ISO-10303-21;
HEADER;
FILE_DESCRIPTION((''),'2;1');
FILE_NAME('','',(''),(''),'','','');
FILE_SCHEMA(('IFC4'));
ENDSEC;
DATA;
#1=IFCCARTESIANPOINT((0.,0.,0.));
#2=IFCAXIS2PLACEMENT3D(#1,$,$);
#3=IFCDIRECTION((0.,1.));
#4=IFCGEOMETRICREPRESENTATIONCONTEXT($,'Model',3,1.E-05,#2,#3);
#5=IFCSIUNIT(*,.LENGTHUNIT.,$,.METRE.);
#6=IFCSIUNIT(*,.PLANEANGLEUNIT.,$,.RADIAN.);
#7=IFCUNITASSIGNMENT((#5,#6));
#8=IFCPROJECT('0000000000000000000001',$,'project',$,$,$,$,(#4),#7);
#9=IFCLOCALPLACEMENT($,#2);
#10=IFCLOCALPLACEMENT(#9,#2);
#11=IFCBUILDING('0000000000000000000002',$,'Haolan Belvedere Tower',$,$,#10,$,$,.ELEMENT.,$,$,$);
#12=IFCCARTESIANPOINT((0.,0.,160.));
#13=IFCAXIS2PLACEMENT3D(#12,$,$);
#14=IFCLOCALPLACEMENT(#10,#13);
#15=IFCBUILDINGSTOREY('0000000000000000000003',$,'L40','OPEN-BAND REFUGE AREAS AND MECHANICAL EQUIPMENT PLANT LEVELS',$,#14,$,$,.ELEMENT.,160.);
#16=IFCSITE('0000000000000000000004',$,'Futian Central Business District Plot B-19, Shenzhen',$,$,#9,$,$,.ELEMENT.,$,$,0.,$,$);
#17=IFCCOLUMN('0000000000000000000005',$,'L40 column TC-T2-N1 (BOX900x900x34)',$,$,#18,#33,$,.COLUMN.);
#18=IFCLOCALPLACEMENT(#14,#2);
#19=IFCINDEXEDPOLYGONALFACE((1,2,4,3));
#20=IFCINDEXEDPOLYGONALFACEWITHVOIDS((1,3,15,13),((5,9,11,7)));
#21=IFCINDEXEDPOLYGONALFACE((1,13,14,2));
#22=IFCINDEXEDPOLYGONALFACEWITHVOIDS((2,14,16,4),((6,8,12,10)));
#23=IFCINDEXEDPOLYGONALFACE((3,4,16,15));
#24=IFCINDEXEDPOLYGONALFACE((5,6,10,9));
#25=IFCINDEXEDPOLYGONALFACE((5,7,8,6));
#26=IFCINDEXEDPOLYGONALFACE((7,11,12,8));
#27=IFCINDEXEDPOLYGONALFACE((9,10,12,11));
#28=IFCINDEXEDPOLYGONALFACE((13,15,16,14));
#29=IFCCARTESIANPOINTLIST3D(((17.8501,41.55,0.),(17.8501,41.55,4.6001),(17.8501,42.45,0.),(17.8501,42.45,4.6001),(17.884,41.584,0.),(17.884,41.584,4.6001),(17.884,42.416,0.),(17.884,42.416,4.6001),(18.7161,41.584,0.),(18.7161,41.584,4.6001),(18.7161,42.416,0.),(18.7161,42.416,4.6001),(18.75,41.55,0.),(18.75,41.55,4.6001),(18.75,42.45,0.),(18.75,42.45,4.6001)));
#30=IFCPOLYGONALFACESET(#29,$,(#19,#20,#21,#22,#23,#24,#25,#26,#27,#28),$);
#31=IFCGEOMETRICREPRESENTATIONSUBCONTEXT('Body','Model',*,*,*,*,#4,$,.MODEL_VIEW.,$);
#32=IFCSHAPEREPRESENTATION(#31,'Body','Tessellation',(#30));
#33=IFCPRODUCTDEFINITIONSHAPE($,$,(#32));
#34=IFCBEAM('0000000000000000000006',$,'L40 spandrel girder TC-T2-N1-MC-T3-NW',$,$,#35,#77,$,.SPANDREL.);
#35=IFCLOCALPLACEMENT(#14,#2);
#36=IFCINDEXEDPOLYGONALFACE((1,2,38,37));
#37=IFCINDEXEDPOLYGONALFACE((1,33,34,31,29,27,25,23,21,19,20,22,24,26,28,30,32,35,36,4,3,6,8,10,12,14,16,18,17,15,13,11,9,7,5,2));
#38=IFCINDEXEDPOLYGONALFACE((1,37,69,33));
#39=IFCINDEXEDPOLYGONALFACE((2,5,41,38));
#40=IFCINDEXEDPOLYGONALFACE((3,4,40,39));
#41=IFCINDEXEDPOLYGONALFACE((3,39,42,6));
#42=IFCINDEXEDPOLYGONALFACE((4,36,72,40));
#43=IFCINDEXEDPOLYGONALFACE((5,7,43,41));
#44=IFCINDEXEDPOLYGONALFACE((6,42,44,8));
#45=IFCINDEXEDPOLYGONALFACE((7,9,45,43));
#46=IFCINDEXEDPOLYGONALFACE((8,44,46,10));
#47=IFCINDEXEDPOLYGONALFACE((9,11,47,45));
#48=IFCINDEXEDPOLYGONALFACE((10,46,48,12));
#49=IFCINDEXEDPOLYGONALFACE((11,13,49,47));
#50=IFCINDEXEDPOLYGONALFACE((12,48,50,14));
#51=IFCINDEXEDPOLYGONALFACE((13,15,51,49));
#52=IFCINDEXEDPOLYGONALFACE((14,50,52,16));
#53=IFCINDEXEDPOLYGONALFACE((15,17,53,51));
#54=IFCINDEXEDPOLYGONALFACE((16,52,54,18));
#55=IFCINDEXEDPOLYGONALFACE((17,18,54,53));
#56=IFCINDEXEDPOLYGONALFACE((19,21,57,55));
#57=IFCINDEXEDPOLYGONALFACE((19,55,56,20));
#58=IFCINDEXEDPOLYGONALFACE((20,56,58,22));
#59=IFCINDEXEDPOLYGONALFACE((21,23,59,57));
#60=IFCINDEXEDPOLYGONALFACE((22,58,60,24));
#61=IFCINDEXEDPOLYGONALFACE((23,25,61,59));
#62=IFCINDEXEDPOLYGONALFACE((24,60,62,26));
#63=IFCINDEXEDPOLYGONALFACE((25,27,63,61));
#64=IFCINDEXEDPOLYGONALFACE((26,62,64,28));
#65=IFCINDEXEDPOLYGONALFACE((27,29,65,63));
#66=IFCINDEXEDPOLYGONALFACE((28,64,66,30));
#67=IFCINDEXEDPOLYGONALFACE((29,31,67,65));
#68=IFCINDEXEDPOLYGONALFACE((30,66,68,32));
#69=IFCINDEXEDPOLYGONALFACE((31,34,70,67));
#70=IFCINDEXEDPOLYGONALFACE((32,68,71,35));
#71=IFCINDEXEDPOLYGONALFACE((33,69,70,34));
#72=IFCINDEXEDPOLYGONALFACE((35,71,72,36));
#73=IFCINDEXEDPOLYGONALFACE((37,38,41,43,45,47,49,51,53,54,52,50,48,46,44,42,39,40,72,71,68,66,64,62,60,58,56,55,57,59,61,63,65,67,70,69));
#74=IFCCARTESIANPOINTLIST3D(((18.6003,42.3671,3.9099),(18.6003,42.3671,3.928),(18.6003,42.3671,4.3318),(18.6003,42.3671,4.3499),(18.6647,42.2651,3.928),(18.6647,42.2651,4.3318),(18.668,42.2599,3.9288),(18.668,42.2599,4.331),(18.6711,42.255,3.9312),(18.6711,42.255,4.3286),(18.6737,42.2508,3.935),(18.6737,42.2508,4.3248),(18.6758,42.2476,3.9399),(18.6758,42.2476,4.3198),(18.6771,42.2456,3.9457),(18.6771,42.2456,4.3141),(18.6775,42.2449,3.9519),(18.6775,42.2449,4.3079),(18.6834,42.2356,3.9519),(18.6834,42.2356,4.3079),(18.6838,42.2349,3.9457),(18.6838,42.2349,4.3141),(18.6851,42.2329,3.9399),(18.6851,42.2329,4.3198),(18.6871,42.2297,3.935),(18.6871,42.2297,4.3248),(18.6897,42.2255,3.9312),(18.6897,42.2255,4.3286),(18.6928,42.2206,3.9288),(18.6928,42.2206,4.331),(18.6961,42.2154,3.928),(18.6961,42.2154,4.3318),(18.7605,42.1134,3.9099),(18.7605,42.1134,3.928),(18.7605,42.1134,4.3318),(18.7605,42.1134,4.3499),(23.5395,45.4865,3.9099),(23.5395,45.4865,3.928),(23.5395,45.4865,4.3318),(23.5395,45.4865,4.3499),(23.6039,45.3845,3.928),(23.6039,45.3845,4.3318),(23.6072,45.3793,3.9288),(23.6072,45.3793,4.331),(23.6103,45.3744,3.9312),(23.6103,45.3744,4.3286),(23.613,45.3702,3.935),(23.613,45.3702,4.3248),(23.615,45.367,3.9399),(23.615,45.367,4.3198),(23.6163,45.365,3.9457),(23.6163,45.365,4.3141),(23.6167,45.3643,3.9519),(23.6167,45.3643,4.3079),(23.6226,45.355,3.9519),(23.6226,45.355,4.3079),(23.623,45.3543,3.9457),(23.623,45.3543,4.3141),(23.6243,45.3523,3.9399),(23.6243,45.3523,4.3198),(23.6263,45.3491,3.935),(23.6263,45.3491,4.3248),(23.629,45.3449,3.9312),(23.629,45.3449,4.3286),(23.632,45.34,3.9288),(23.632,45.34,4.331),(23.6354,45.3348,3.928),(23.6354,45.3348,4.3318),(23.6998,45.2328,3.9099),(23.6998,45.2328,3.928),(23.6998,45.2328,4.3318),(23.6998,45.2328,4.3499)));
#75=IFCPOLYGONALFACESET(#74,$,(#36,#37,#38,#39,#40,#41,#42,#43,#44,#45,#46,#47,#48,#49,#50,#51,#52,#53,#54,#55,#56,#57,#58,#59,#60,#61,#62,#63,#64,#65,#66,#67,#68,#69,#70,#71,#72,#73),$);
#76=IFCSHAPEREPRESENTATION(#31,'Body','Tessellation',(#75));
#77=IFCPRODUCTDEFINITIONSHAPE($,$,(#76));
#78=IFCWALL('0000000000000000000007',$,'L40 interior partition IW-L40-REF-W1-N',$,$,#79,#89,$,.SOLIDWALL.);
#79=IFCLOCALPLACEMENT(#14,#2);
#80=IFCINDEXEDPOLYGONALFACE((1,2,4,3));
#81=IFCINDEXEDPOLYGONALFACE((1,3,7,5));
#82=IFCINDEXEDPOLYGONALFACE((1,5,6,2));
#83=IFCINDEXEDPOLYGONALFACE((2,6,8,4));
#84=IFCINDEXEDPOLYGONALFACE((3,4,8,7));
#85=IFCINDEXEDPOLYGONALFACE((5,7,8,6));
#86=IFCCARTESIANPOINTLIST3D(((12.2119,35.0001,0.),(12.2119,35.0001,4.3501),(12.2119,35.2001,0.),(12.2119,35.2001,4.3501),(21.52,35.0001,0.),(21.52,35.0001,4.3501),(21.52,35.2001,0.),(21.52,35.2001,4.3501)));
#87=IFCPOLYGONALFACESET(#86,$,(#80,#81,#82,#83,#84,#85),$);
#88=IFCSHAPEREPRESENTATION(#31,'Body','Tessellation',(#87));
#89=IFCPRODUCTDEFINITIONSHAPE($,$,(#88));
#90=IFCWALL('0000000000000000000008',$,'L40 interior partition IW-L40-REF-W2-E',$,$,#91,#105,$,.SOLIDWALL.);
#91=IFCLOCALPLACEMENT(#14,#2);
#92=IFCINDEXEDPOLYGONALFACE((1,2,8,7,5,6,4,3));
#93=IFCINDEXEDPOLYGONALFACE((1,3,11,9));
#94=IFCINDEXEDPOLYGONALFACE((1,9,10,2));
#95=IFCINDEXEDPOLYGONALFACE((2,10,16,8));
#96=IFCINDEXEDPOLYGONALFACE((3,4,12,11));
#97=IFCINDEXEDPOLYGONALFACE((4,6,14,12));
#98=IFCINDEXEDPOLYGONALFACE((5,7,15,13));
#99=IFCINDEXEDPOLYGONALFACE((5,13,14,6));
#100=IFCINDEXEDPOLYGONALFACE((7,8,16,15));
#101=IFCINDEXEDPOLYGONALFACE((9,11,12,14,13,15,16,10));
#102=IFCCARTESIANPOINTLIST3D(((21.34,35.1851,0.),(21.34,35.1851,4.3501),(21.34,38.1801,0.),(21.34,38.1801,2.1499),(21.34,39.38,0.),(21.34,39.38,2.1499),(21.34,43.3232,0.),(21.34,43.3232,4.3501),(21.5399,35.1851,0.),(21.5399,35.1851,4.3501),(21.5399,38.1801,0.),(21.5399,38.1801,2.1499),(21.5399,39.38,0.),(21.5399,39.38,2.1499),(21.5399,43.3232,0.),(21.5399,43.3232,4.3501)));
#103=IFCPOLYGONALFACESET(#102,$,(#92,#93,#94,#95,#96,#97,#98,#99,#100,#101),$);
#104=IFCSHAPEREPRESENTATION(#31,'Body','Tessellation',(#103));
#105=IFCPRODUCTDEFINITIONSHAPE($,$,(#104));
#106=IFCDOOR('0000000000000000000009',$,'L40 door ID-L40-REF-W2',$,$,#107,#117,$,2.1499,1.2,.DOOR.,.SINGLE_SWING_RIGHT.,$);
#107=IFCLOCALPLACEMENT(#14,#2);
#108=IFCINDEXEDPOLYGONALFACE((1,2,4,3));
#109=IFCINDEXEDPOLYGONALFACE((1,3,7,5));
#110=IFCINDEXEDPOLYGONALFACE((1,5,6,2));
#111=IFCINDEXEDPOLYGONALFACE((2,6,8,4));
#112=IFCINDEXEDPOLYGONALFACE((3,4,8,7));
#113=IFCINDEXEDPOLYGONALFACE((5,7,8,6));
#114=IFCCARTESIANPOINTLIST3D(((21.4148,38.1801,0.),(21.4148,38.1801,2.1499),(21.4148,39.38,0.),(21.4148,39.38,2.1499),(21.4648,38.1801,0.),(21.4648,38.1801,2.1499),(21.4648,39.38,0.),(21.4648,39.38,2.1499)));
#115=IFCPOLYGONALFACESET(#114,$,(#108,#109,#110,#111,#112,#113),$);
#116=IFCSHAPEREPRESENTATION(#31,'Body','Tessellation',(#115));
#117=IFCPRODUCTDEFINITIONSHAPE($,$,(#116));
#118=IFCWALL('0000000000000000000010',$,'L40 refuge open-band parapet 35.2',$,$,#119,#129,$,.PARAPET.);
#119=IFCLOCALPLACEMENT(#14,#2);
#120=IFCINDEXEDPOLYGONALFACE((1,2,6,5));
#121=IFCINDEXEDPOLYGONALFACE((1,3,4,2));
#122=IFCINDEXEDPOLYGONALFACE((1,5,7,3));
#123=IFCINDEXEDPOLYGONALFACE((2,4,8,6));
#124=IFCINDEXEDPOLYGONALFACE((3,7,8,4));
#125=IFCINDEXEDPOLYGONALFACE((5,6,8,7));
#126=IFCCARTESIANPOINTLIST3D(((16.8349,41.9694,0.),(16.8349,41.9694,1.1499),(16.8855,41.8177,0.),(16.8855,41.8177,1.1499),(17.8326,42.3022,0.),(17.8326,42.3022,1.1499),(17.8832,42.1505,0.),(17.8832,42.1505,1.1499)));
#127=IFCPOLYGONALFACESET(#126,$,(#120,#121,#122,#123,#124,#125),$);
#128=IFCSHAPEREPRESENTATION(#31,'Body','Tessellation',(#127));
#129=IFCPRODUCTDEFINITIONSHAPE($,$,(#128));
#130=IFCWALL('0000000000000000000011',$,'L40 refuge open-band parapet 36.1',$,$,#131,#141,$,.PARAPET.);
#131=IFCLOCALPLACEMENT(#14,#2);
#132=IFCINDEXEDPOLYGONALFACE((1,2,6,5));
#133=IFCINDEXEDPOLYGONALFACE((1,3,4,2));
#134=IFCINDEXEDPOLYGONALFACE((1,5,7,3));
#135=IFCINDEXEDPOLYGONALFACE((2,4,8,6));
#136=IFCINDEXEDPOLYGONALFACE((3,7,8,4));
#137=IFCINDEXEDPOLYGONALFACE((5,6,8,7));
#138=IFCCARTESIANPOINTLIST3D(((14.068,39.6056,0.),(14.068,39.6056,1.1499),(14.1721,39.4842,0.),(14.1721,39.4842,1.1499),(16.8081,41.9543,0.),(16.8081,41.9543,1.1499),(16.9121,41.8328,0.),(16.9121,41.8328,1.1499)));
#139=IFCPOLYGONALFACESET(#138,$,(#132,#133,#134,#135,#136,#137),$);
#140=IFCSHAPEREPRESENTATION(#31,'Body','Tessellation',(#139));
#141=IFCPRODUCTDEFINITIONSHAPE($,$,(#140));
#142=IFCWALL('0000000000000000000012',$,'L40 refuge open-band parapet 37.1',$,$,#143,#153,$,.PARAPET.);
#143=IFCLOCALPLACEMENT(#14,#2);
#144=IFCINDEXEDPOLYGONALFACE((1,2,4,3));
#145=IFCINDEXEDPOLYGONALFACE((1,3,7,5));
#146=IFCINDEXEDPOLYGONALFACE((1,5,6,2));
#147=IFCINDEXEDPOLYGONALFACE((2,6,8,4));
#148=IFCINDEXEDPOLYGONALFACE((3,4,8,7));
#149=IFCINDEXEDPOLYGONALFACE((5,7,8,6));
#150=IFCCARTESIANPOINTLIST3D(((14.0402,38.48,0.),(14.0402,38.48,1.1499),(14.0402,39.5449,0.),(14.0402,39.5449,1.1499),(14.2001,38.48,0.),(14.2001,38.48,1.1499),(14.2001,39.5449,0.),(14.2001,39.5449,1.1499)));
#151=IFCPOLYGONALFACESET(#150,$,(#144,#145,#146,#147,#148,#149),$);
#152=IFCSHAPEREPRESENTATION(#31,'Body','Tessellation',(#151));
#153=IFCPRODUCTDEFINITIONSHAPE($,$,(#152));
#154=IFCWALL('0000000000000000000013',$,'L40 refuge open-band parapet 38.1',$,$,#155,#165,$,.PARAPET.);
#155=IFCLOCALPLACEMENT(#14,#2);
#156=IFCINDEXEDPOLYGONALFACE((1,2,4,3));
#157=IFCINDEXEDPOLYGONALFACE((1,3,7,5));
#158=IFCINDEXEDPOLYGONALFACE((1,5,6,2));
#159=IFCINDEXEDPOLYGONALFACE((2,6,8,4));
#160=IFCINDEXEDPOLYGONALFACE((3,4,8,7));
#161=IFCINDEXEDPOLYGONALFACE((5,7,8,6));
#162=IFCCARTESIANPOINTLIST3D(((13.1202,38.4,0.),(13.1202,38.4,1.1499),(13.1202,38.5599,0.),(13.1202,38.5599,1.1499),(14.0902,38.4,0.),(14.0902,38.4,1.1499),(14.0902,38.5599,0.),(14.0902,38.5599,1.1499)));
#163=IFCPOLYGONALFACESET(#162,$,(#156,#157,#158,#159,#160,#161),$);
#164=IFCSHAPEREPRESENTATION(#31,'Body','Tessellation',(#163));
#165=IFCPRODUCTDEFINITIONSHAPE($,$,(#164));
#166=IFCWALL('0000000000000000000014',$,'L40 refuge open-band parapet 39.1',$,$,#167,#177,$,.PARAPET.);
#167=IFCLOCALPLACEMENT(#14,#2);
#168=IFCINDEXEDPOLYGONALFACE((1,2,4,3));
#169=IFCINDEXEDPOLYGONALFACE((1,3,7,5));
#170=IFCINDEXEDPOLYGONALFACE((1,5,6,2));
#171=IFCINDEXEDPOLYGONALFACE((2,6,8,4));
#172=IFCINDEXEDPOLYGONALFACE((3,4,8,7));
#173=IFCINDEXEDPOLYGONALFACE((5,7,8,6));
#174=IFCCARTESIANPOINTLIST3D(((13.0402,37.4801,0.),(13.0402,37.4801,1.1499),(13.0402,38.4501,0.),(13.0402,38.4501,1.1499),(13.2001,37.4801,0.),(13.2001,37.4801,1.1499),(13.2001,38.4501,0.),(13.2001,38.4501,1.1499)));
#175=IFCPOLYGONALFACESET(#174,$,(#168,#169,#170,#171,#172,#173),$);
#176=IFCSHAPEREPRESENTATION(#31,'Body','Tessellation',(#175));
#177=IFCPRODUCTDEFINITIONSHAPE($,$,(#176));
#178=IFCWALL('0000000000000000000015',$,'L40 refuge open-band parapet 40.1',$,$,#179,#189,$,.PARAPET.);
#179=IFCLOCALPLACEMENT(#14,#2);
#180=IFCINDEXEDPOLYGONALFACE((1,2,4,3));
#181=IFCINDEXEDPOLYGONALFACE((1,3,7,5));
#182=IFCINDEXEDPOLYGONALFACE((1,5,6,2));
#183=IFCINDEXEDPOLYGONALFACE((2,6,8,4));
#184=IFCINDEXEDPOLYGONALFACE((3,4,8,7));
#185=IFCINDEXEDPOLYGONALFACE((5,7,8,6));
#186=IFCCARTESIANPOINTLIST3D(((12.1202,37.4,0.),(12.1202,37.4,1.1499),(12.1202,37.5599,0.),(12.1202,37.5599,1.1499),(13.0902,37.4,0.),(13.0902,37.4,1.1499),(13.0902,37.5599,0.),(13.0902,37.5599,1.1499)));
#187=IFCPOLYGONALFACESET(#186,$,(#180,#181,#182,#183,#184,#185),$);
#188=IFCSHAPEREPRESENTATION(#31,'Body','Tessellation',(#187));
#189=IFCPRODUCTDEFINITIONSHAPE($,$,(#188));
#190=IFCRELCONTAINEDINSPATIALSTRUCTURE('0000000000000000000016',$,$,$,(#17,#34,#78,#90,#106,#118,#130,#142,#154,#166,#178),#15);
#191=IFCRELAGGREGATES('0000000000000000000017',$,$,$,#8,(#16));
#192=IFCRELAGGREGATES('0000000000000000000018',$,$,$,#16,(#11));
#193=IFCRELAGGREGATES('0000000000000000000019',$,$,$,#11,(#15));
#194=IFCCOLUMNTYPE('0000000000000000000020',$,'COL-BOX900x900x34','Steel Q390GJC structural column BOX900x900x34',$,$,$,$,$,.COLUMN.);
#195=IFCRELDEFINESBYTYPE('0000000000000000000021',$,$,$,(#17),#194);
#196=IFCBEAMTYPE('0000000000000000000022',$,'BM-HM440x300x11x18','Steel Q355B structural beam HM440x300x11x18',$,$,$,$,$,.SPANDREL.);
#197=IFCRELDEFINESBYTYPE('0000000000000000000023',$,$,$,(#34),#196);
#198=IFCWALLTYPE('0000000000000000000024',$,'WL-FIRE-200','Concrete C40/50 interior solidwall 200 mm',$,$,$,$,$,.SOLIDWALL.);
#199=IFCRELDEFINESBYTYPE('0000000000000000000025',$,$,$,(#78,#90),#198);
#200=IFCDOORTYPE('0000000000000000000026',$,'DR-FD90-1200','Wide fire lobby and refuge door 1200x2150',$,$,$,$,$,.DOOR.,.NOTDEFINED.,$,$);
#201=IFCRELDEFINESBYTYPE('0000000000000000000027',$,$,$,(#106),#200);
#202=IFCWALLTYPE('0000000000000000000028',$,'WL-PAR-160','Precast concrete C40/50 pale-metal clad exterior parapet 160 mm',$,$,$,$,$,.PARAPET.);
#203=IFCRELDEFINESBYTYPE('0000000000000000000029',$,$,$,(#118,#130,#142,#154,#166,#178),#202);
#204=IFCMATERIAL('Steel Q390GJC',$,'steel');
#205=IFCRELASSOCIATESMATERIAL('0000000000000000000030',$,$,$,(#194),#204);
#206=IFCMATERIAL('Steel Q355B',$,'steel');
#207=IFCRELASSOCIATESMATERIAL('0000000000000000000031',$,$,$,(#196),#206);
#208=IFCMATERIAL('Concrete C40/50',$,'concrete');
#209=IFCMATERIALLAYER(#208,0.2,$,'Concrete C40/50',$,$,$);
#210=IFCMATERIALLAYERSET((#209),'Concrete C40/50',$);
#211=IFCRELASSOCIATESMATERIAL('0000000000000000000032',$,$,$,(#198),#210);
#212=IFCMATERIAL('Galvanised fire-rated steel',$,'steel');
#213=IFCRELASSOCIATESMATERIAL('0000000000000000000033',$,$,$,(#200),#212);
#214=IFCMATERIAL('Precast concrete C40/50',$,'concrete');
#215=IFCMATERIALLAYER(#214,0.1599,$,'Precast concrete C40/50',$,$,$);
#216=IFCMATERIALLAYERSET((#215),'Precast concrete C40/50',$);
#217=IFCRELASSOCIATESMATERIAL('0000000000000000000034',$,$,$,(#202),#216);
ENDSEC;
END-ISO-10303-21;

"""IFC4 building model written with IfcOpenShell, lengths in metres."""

from ifc_helpers import new_model, si_unit, direction, frame, frame_2d, origin, origin_2d, place, context, subcontext, project, spatial, rectangle, hollow_rectangle, i_section, extrude, material, layer, layer_set, material_profile, profile_set, type_object, element, fill, save


model = new_model("IFC4")

# Units and contexts
model_context = context("Model", 3, precision=1e-05, world=origin(), true_north=direction((0.0, 1.0)))
body_context = subcontext(model_context, "Body", "Model", "MODEL_VIEW")
ifc_project = project(units=[si_unit("LENGTHUNIT", "METRE"), si_unit("PLANEANGLEUNIT", "RADIAN")], contexts=[model_context])

# Site, building, storey
site_placement = place(None, origin())
site = spatial("IfcSite", under=ifc_project, at=site_placement, Name="Futian Central Business District Plot B-19, Shenzhen", CompositionType="ELEMENT", RefElevation=0.0)
building_placement = place(site_placement, origin())
building = spatial("IfcBuilding", under=site, at=building_placement, Name="Haolan Belvedere Tower", CompositionType="ELEMENT")
storey_placement = place(building_placement, frame((0.0, 0.0, 160.0)))
storey = spatial("IfcBuildingStorey", under=building, at=storey_placement, Name="L40", Description="OPEN-BAND REFUGE AREAS AND MECHANICAL EQUIPMENT PLANT LEVELS", CompositionType="ELEMENT", Elevation=160.0)

# Column
ifc_material_1 = material(Name="Steel Q390GJC", Category="steel")
ifc_material_profile_1 = material_profile(ifc_material_1, hollow_rectangle(XDim=0.8999, YDim=0.8999, WallThickness=0.0339, at=origin_2d()), Name="Steel Q390GJC")
ifc_profile_set_1 = profile_set([ifc_material_profile_1], Name="Steel Q390GJC")
column_type = type_object("IfcColumnType", Name="COL-BOX900x900x34", Description="Steel Q390GJC structural column BOX900x900x34", PredefinedType="COLUMN", material=ifc_profile_set_1)
column_placement = place(storey_placement, frame((18.3, 42.0, 0.0), z_axis=(0.0, 0.0, 1.0), x_axis=(1.0, 0.0, 0.0)))
element("IfcColumn", 1, at=column_placement, inside=storey, type_object=column_type, Name="L40 column TC-T2-N1 (BOX900x900x34)", PredefinedType="COLUMN", context=body_context, shape_type="SweptSolid", body=[
    extrude(hollow_rectangle(XDim=0.8999, YDim=0.8999, WallThickness=0.0339, at=origin_2d()), origin(), (0.0, 0.0, 1.0), 4.6001),
])

# Beam
ifc_material_2 = material(Name="Steel Q355B", Category="steel")
ifc_material_profile_2 = material_profile(ifc_material_2, i_section(OverallWidth=0.3, OverallDepth=0.4399, WebThickness=0.011, FlangeThickness=0.0181, FilletRadius=0.0239, at=origin_2d()), Name="Steel Q355B")
ifc_profile_set_2 = profile_set([ifc_material_profile_2], Name="Steel Q355B")
beam_type = type_object("IfcBeamType", Name="BM-HM440x300x11x18", Description="Steel Q355B structural beam HM440x300x11x18", PredefinedType="SPANDREL", material=ifc_profile_set_2)
beam_placement = place(storey_placement, frame((18.6804, 42.2402, 4.1299), z_axis=(0.845498, 0.533979, 0.0), x_axis=(-0.533979, 0.845498, 0.0)))
element("IfcBeam", 2, at=beam_placement, inside=storey, type_object=beam_type, Name="L40 spandrel girder TC-T2-N1-MC-T3-NW", PredefinedType="SPANDREL", context=body_context, shape_type="SweptSolid", body=[
    extrude(i_section(OverallWidth=0.3, OverallDepth=0.4399, WebThickness=0.011, FlangeThickness=0.0181, FilletRadius=0.0239, at=origin_2d()), origin(), (0.0, 0.0, 1.0), 5.8418),
])

# Wall
ifc_material_3 = material(Name="Concrete C40/50", Category="concrete")
ifc_layer_1 = layer(ifc_material_3, 0.2, Name="Concrete C40/50")
ifc_layer_set_1 = layer_set([ifc_layer_1], Name="Concrete C40/50")
wall_type_1 = type_object("IfcWallType", Name="WL-FIRE-200", Description="Concrete C40/50 interior solidwall 200 mm", PredefinedType="SOLIDWALL", material=ifc_layer_set_1)
wall_1_placement = place(storey_placement, frame((12.2119, 35.1001, 0.0), z_axis=(0.0, 0.0, 1.0), x_axis=(1.0, 0.0, 0.0)))
element("IfcWall", 3, at=wall_1_placement, inside=storey, type_object=wall_type_1, Name="L40 interior partition IW-L40-REF-W1-N", PredefinedType="SOLIDWALL", context=body_context, shape_type="SweptSolid", body=[
    extrude(rectangle(XDim=9.3081, YDim=0.2, at=frame_2d((4.6541, 0.0))), origin(), (0.0, 0.0, 1.0), 4.3501),
])

# Wall, opening, door
wall_2_placement = place(storey_placement, frame((21.4399, 35.1851, 0.0), z_axis=(0.0, 0.0, 1.0), x_axis=(0.0, 1.0, 0.0)))
wall_2 = element("IfcWall", 4, at=wall_2_placement, inside=storey, type_object=wall_type_1, Name="L40 interior partition IW-L40-REF-W2-E", PredefinedType="SOLIDWALL", context=body_context, shape_type="SweptSolid", body=[
    extrude(rectangle(XDim=8.1382, YDim=0.2, at=frame_2d((4.0691, 0.0))), origin(), (0.0, 0.0, 1.0), 4.3501),
])
opening_placement = place(wall_2_placement, frame((4.1951, 0.0, 0.0), z_axis=(0.0, 0.0, 1.0), x_axis=(-1.0, 0.0, 0.0)))
opening = element("IfcOpeningElement", 5, at=opening_placement, cuts=wall_2, PredefinedType="OPENING", context=body_context, shape_type="SweptSolid", body=[
    extrude(rectangle(XDim=1.2, YDim=2.1499, at=frame_2d((0.6001, 1.075))), frame((0.0, 0.1099, 0.0), z_axis=(0.0, -1.0, 0.0), x_axis=(1.0, 0.0, 0.0)), (0.0, 0.0, 1.0), 0.22),
])
ifc_material_4 = material(Name="Galvanised fire-rated steel", Category="steel")
door_type = type_object("IfcDoorType", Name="DR-FD90-1200", Description="Wide fire lobby and refuge door 1200x2150", OperationType="NOTDEFINED", PredefinedType="DOOR", material=ifc_material_4)
door_placement = place(opening_placement, origin())
door = element("IfcDoor", 6, at=door_placement, inside=storey, type_object=door_type, Name="L40 door ID-L40-REF-W2", OperationType="SINGLE_SWING_RIGHT", OverallHeight=2.1499, OverallWidth=1.2, PredefinedType="DOOR", context=body_context, shape_type="SweptSolid", body=[
    extrude(rectangle(XDim=1.2, YDim=2.1499, at=frame_2d((0.6001, 1.075))), frame((0.0, 0.0249, 0.0), z_axis=(0.0, -1.0, 0.0), x_axis=(1.0, 0.0, 0.0)), (0.0, 0.0, 1.0), 0.05),
])
fill(opening, door)

# Walls
ifc_material_5 = material(Name="Precast concrete C40/50", Category="concrete")
ifc_layer_2 = layer(ifc_material_5, 0.1599, Name="Precast concrete C40/50")
ifc_layer_set_2 = layer_set([ifc_layer_2], Name="Precast concrete C40/50")
wall_type_2 = type_object("IfcWallType", Name="WL-PAR-160", Description="Precast concrete C40/50 pale-metal clad exterior parapet 160 mm", PredefinedType="PARAPET", material=ifc_layer_set_2)
wall_3_placement = place(storey_placement, frame((17.8579, 42.2263, 0.0), z_axis=(0.0, 0.0, 1.0), x_axis=(-0.948637, -0.316367, 0.0)))
element("IfcWall", 7, at=wall_3_placement, inside=storey, type_object=wall_type_2, Name="L40 refuge open-band parapet 35.2", PredefinedType="PARAPET", context=body_context, shape_type="SweptSolid", body=[
    extrude(rectangle(XDim=1.0518, YDim=0.1599, at=frame_2d((0.5259, 0.0))), origin(), (0.0, 0.0, 1.0), 1.1499),
])
wall_4_placement = place(storey_placement, frame((16.8601, 41.8936, 0.0), z_axis=(0.0, 0.0, 1.0), x_axis=(-0.759247, -0.650803, 0.0)))
element("IfcWall", 8, at=wall_4_placement, inside=storey, type_object=wall_type_2, Name="L40 refuge open-band parapet 36.1", PredefinedType="PARAPET", context=body_context, shape_type="SweptSolid", body=[
    extrude(rectangle(XDim=3.6089, YDim=0.1599, at=frame_2d((1.8044, 0.0))), origin(), (0.0, 0.0, 1.0), 1.1499),
])
wall_5_placement = place(storey_placement, frame((14.1201, 39.5449, 0.0), z_axis=(0.0, 0.0, 1.0), x_axis=(0.0, -1.0, 0.0)))
element("IfcWall", 9, at=wall_5_placement, inside=storey, type_object=wall_type_2, Name="L40 refuge open-band parapet 37.1", PredefinedType="PARAPET", context=body_context, shape_type="SweptSolid", body=[
    extrude(rectangle(XDim=1.0649, YDim=0.1599, at=frame_2d((0.5325, 0.0))), origin(), (0.0, 0.0, 1.0), 1.1499),
])
for number, where, z_axis, x_axis, name in (
    (10, (14.0901, 38.48, 0.0), (0.0, 0.0, 1.0), (-1.0, 0.0, 0.0), "L40 refuge open-band parapet 38.1"),
    (11, (13.1201, 38.45, 0.0), (0.0, 0.0, 1.0), (0.0, -1.0, 0.0), "L40 refuge open-band parapet 39.1"),
    (12, (13.0901, 37.48, 0.0), (0.0, 0.0, 1.0), (-1.0, 0.0, 0.0), "L40 refuge open-band parapet 40.1"),
):
    element("IfcWall", number, at=place(storey_placement, frame(where, z_axis=z_axis, x_axis=x_axis)), inside=storey, type_object=wall_type_2, Name=name, PredefinedType="PARAPET", context=body_context, shape_type="SweptSolid", body=[
        extrude(rectangle(XDim=0.97, YDim=0.1599, at=frame_2d((0.4849, 0.0))), origin(), (0.0, 0.0, 1.0), 1.1499),
    ])

save(model, "model.ifc")
